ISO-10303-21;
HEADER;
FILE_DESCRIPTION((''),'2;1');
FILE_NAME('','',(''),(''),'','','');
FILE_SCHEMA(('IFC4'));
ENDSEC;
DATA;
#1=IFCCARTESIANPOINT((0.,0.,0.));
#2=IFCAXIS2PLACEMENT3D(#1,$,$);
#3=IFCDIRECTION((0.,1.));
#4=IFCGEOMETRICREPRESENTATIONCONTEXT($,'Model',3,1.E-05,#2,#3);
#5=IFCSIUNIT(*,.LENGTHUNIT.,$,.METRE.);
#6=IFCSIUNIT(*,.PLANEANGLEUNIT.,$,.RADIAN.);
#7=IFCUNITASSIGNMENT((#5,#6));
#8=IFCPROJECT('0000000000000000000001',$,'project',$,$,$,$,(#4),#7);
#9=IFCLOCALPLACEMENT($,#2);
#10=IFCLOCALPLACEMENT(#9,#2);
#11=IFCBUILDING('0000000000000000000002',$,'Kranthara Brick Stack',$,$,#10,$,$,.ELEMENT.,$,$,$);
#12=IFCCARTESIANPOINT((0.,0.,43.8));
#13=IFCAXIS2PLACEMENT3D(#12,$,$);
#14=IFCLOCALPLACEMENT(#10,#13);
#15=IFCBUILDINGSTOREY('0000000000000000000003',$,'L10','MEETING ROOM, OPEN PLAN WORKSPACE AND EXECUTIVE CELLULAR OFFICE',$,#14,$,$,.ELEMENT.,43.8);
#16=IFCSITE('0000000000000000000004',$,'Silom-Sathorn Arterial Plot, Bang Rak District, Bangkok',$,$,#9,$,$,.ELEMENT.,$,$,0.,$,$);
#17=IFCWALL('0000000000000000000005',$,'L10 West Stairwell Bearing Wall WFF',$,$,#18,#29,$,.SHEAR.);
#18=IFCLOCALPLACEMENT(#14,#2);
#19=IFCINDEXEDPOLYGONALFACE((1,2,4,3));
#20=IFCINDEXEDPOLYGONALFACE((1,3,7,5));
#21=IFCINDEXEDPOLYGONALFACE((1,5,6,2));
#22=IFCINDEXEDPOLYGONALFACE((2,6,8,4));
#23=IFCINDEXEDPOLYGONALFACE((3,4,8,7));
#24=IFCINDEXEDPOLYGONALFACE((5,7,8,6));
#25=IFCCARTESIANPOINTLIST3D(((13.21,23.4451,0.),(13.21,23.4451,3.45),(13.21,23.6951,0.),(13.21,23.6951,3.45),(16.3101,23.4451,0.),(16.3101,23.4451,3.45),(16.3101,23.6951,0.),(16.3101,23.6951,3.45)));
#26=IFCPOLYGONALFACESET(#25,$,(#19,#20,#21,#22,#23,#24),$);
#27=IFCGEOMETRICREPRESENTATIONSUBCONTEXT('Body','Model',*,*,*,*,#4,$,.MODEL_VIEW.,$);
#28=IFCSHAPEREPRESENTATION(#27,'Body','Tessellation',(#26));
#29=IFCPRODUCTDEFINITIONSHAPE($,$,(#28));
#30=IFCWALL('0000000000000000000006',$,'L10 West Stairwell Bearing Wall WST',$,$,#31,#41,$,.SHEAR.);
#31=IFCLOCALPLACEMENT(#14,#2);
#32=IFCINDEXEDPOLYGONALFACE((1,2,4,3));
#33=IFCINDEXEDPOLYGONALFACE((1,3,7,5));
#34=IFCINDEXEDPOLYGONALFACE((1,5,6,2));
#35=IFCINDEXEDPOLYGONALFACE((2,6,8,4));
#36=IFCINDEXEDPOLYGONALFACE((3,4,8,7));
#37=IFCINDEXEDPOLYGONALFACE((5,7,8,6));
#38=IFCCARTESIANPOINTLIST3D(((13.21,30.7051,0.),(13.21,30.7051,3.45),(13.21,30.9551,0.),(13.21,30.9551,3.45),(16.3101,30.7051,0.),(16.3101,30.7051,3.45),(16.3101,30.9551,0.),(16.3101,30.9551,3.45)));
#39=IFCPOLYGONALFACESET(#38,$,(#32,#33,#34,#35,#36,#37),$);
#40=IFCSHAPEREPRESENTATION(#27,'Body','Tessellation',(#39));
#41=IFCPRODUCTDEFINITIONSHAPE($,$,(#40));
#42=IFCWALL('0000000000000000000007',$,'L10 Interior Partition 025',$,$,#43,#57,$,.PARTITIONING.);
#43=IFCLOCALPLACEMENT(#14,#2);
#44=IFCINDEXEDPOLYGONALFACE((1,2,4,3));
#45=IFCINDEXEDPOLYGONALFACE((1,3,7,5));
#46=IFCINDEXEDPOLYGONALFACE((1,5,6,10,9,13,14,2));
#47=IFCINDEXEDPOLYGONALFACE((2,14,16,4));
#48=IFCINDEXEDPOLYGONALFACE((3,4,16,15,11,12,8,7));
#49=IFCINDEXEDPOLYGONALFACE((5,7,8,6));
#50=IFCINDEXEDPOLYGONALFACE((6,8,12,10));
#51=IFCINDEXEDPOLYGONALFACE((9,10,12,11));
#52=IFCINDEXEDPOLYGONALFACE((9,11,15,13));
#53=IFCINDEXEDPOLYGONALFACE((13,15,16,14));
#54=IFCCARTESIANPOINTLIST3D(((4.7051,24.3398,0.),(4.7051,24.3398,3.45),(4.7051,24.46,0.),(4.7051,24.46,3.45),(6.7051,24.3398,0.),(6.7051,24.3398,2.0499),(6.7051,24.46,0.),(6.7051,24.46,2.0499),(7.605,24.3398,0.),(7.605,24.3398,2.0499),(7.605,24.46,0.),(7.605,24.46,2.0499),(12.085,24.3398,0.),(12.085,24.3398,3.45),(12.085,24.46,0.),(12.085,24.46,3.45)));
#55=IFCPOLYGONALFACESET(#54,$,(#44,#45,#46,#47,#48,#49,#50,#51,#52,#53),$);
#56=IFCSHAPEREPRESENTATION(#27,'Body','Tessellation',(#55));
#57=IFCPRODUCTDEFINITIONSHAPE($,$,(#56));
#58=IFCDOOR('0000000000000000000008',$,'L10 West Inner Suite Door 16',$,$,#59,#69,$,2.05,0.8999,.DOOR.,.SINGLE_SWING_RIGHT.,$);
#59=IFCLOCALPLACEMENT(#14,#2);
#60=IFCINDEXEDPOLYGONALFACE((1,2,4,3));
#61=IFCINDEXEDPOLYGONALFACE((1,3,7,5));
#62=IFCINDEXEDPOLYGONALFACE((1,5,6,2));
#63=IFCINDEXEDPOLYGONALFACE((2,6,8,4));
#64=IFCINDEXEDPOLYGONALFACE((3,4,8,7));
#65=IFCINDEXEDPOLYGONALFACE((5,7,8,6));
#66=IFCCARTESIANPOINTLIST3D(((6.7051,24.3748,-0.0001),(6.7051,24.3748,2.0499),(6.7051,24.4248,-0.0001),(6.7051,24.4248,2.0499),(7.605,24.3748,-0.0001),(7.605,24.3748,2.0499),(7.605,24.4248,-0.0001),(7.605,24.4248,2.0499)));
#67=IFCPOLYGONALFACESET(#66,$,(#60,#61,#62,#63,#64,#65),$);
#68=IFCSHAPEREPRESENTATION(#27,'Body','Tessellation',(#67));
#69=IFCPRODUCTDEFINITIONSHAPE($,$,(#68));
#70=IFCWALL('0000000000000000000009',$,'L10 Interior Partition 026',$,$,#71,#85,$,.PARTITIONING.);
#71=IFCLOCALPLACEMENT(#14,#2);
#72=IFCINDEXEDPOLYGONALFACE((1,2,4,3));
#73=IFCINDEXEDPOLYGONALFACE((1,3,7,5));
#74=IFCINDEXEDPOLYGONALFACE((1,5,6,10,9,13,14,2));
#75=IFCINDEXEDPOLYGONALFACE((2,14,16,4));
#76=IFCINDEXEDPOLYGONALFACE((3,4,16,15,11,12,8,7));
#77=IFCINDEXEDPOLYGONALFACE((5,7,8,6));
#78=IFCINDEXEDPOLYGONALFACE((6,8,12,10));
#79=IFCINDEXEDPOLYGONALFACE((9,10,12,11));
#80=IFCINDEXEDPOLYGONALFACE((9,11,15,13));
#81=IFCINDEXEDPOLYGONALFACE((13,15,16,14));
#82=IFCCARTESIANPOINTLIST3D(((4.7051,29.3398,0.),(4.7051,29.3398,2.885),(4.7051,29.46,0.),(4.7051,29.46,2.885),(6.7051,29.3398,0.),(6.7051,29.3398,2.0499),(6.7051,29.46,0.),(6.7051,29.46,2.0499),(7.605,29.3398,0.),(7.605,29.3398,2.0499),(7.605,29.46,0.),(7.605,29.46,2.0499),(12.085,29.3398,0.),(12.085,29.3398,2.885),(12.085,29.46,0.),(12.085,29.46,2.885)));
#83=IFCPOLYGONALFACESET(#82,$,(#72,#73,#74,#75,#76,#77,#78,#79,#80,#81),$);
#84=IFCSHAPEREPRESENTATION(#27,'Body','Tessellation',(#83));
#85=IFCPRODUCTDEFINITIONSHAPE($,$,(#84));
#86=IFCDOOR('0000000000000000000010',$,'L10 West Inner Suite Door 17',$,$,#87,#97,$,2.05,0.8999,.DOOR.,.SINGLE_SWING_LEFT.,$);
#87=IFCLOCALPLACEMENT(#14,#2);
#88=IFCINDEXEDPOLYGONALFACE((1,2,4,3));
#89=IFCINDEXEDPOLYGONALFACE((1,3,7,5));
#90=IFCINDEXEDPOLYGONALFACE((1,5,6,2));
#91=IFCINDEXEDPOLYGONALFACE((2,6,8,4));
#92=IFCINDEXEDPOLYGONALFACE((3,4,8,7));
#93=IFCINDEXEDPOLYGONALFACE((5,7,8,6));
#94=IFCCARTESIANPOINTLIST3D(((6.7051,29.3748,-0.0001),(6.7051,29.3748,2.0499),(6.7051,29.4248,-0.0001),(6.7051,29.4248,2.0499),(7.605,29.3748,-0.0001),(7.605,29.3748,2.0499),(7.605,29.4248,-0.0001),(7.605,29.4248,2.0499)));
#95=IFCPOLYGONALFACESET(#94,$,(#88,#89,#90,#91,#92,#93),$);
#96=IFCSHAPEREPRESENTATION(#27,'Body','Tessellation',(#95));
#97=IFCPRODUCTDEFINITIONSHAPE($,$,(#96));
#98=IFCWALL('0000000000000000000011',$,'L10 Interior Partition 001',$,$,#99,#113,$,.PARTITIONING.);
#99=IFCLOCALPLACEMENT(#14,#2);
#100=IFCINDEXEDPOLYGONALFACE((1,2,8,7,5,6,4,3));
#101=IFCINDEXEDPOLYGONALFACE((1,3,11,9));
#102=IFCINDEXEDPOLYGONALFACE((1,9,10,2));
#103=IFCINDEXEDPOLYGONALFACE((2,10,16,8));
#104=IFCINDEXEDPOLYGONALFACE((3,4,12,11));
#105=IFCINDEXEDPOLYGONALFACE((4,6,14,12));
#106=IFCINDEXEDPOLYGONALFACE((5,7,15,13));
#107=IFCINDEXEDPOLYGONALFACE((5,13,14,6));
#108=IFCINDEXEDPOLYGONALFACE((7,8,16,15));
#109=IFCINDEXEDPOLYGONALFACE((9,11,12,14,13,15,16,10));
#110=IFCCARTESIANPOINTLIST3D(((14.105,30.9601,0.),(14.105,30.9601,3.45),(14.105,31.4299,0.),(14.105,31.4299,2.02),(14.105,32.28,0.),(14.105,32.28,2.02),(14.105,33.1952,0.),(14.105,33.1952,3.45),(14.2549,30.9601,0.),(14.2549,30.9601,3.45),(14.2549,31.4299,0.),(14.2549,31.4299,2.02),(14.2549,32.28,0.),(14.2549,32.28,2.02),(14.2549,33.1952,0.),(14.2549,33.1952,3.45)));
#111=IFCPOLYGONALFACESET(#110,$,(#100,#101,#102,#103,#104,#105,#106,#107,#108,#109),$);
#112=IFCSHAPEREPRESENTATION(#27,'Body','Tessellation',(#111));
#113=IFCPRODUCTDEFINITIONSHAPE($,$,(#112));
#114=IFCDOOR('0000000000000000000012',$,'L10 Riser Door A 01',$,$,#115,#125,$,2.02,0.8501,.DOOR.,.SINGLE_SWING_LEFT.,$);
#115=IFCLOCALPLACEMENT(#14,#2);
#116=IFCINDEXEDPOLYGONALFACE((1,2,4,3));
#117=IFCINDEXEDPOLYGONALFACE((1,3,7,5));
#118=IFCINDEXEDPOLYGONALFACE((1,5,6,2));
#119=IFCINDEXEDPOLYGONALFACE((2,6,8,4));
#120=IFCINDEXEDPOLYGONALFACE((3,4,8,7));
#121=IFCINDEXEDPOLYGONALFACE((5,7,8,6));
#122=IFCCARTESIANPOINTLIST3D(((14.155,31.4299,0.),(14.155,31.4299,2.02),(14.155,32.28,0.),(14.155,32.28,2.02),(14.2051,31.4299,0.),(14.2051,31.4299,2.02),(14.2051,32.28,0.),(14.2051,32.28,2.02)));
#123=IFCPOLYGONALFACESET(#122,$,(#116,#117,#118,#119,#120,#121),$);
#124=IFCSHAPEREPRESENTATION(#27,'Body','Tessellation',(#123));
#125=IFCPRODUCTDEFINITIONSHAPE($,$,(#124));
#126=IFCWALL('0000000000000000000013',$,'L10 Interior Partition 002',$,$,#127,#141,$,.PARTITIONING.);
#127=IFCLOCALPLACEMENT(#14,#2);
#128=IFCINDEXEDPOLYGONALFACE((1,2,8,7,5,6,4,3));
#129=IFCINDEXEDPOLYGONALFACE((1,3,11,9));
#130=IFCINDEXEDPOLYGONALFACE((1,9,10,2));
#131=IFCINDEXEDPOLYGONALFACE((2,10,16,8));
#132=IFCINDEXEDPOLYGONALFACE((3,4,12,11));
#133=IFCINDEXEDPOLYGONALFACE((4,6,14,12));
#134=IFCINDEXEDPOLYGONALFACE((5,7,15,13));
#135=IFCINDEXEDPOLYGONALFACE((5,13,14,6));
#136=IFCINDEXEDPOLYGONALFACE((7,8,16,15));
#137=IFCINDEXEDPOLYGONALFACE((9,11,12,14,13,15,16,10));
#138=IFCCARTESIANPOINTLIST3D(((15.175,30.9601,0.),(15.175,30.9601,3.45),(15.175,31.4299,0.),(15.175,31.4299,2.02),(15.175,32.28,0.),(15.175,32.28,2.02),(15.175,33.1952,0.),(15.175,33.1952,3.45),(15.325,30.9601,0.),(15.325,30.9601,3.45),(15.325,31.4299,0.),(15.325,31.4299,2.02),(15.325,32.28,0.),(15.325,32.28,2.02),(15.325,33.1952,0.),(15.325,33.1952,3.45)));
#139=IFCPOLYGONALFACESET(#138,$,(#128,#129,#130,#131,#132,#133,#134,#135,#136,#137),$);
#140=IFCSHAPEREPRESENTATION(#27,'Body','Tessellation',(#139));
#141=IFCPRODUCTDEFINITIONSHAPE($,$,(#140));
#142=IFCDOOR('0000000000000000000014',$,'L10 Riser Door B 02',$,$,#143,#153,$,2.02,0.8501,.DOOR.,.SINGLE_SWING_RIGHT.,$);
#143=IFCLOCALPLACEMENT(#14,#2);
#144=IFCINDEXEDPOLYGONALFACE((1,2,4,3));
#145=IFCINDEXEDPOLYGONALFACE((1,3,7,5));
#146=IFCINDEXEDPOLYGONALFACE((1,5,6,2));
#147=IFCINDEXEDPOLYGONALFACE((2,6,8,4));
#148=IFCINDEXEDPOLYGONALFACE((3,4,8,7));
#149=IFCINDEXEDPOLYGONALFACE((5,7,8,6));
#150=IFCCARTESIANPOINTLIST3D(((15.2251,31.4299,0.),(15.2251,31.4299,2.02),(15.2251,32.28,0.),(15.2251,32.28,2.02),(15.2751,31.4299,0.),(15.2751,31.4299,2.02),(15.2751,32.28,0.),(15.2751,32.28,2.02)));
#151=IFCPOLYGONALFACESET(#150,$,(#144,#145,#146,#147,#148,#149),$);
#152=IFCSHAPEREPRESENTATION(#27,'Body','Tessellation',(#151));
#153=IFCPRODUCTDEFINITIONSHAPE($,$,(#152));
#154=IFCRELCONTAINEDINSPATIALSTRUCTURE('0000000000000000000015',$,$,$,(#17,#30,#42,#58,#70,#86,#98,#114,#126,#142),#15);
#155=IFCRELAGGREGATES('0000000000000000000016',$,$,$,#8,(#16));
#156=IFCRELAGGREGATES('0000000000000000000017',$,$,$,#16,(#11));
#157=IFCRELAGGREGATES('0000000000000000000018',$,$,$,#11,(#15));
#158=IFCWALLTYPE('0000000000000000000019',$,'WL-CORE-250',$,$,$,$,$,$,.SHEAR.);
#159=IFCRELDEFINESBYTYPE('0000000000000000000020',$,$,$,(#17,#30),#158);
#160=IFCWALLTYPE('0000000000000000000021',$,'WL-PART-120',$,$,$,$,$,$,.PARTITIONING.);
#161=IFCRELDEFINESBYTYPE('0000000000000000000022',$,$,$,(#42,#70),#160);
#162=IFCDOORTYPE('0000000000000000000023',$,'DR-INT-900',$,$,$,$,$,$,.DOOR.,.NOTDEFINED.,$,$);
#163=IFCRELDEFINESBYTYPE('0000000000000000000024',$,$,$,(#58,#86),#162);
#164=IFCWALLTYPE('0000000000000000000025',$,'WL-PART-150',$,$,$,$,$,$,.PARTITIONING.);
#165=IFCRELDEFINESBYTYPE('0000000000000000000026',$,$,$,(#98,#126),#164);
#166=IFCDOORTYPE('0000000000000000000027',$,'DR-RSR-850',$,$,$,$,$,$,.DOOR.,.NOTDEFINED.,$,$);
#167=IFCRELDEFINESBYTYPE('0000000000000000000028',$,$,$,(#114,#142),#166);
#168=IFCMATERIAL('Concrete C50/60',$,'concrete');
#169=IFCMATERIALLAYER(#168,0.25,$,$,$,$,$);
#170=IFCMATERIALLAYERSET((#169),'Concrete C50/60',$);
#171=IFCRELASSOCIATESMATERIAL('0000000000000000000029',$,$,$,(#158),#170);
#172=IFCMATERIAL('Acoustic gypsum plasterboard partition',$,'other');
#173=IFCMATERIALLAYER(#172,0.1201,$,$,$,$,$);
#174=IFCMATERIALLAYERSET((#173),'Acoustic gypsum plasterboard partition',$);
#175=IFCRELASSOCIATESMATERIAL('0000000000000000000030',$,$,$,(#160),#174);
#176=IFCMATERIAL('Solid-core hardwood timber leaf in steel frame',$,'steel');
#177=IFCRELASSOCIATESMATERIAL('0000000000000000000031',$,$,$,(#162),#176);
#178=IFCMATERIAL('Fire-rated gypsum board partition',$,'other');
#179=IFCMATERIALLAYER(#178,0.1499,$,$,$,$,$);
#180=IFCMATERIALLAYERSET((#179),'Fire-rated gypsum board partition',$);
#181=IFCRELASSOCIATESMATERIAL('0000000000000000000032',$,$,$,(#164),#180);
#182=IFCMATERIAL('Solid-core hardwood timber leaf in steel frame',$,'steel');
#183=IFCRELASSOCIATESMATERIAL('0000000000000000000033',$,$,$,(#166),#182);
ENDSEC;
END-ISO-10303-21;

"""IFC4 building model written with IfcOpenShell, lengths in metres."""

from ifc_helpers import new_model, si_unit, direction, frame, frame_2d, origin, place, context, subcontext, project, spatial, rectangle, extrude, material, layer, layer_set, type_object, element, fill, save


model = new_model("IFC4")

# Units and contexts
model_context = context("Model", 3, precision=1e-05, world=origin(), true_north=direction((0.0, 1.0)))
body_context = subcontext(model_context, "Body", "Model", "MODEL_VIEW")
ifc_project = project(units=[si_unit("LENGTHUNIT", "METRE"), si_unit("PLANEANGLEUNIT", "RADIAN")], contexts=[model_context])

# Site, building, storey
site_placement = place(None, origin())
site = spatial("IfcSite", under=ifc_project, at=site_placement, Name="Silom-Sathorn Arterial Plot, Bang Rak District, Bangkok", CompositionType="ELEMENT", RefElevation=0.0)
building_placement = place(site_placement, origin())
building = spatial("IfcBuilding", under=site, at=building_placement, Name="Kranthara Brick Stack", CompositionType="ELEMENT")
storey_placement = place(building_placement, frame((0.0, 0.0, 43.8)))
storey = spatial("IfcBuildingStorey", under=building, at=storey_placement, Name="L10", Description="MEETING ROOM, OPEN PLAN WORKSPACE AND EXECUTIVE CELLULAR OFFICE", CompositionType="ELEMENT", Elevation=43.8)

# Walls
ifc_material_1 = material(Name="Concrete C50/60", Category="concrete")
ifc_layer_1 = layer(ifc_material_1, 0.25)
ifc_layer_set_1 = layer_set([ifc_layer_1], Name="Concrete C50/60")
wall_type_1 = type_object("IfcWallType", Name="WL-CORE-250", PredefinedType="SHEAR", material=ifc_layer_set_1)
for number, where, z_axis, x_axis, name in (
    (1, (13.21, 23.5701, 0.0), (0.0, 0.0, 1.0), (1.0, 0.0, 0.0), "L10 West Stairwell Bearing Wall WFF"),
    (2, (13.21, 30.8301, 0.0), (0.0, 0.0, 1.0), (1.0, 0.0, 0.0), "L10 West Stairwell Bearing Wall WST"),
):
    element("IfcWall", number, at=place(storey_placement, frame(where, z_axis=z_axis, x_axis=x_axis)), inside=storey, type_object=wall_type_1, Name=name, PredefinedType="SHEAR", context=body_context, shape_type="SweptSolid", body=[
        extrude(rectangle(XDim=3.1001, YDim=0.25, at=frame_2d((1.55, 0.0))), origin(), (0.0, 0.0, 1.0), 3.45),
    ])

# Walls, openings, doors
ifc_material_2 = material(Name="Acoustic gypsum plasterboard partition", Category="other")
ifc_layer_2 = layer(ifc_material_2, 0.1201)
ifc_layer_set_2 = layer_set([ifc_layer_2], Name="Acoustic gypsum plasterboard partition")
wall_type_2 = type_object("IfcWallType", Name="WL-PART-120", PredefinedType="PARTITIONING", material=ifc_layer_set_2)
wall_1_placement = place(storey_placement, frame((4.7051, 24.3999, 0.0), z_axis=(0.0, 0.0, 1.0), x_axis=(1.0, 0.0, 0.0)))
wall_1 = element("IfcWall", 3, at=wall_1_placement, inside=storey, type_object=wall_type_2, Name="L10 Interior Partition 025", PredefinedType="PARTITIONING", context=body_context, shape_type="SweptSolid", body=[
    extrude(rectangle(XDim=7.3799, YDim=0.1201, at=frame_2d((3.6899, 0.0))), origin(), (0.0, 0.0, 1.0), 3.45),
])
opening_1_placement = place(wall_1_placement, frame((2.0, 0.0, 0.0)))
opening_1 = element("IfcOpeningElement", 4, at=opening_1_placement, cuts=wall_1, PredefinedType="OPENING", context=body_context, shape_type="SweptSolid", body=[
    extrude(rectangle(XDim=0.8999, YDim=2.05, at=frame_2d((0.45, 1.0249))), frame((0.0, 0.0701, 0.0), z_axis=(0.0, -1.0, 0.0), x_axis=(1.0, 0.0, 0.0)), (0.0, 0.0, 1.0), 0.1401),
])
ifc_material_3 = material(Name="Solid-core hardwood timber leaf in steel frame", Category="steel")
door_type_1 = type_object("IfcDoorType", Name="DR-INT-900", OperationType="NOTDEFINED", PredefinedType="DOOR", material=ifc_material_3)
door_1_placement = place(opening_1_placement, origin())
door_1 = element("IfcDoor", 5, at=door_1_placement, inside=storey, type_object=door_type_1, Name="L10 West Inner Suite Door 16", OperationType="SINGLE_SWING_RIGHT", OverallHeight=2.05, OverallWidth=0.8999, PredefinedType="DOOR", context=body_context, shape_type="SweptSolid", body=[
    extrude(rectangle(XDim=0.8999, YDim=2.05, at=frame_2d((0.45, 1.0249))), frame((0.0, 0.0249, 0.0), z_axis=(0.0, -1.0, 0.0), x_axis=(1.0, 0.0, 0.0)), (0.0, 0.0, 1.0), 0.05),
])
fill(opening_1, door_1)
wall_2_placement = place(storey_placement, frame((4.7051, 29.3999, 0.0), z_axis=(0.0, 0.0, 1.0), x_axis=(1.0, 0.0, 0.0)))
wall_2 = element("IfcWall", 6, at=wall_2_placement, inside=storey, type_object=wall_type_2, Name="L10 Interior Partition 026", PredefinedType="PARTITIONING", context=body_context, shape_type="SweptSolid", body=[
    extrude(rectangle(XDim=7.3799, YDim=0.1201, at=frame_2d((3.6899, 0.0))), origin(), (0.0, 0.0, 1.0), 2.885),
])
opening_2_placement = place(wall_2_placement, frame((2.0, 0.0, 0.0)))
opening_2 = element("IfcOpeningElement", 7, at=opening_2_placement, cuts=wall_2, PredefinedType="OPENING", context=body_context, shape_type="SweptSolid", body=[
    extrude(rectangle(XDim=0.8999, YDim=2.05, at=frame_2d((0.45, 1.0249))), frame((0.0, 0.0701, 0.0), z_axis=(0.0, -1.0, 0.0), x_axis=(1.0, 0.0, 0.0)), (0.0, 0.0, 1.0), 0.1401),
])
door_2_placement = place(opening_2_placement, origin())
door_2 = element("IfcDoor", 8, at=door_2_placement, inside=storey, type_object=door_type_1, Name="L10 West Inner Suite Door 17", OperationType="SINGLE_SWING_LEFT", OverallHeight=2.05, OverallWidth=0.8999, PredefinedType="DOOR", context=body_context, shape_type="SweptSolid", body=[
    extrude(rectangle(XDim=0.8999, YDim=2.05, at=frame_2d((0.45, 1.0249))), frame((0.0, 0.0249, 0.0), z_axis=(0.0, -1.0, 0.0), x_axis=(1.0, 0.0, 0.0)), (0.0, 0.0, 1.0), 0.05),
])
fill(opening_2, door_2)
ifc_material_4 = material(Name="Fire-rated gypsum board partition", Category="other")
ifc_layer_3 = layer(ifc_material_4, 0.1499)
ifc_layer_set_3 = layer_set([ifc_layer_3], Name="Fire-rated gypsum board partition")
wall_type_3 = type_object("IfcWallType", Name="WL-PART-150", PredefinedType="PARTITIONING", material=ifc_layer_set_3)
wall_3_placement = place(storey_placement, frame((14.1799, 30.96, 0.0), z_axis=(0.0, 0.0, 1.0), x_axis=(0.0, 1.0, 0.0)))
wall_3 = element("IfcWall", 9, at=wall_3_placement, inside=storey, type_object=wall_type_3, Name="L10 Interior Partition 001", PredefinedType="PARTITIONING", context=body_context, shape_type="SweptSolid", body=[
    extrude(rectangle(XDim=2.2351, YDim=0.1499, at=frame_2d((1.1177, 0.0))), origin(), (0.0, 0.0, 1.0), 3.45),
])
opening_3_placement = place(wall_3_placement, frame((0.47, 0.0, 0.0)))
opening_3 = element("IfcOpeningElement", 10, at=opening_3_placement, cuts=wall_3, PredefinedType="OPENING", context=body_context, shape_type="SweptSolid", body=[
    extrude(rectangle(XDim=0.8501, YDim=2.02, at=frame_2d((0.425, 1.01))), frame((0.0, 0.085, 0.0), z_axis=(0.0, -1.0, 0.0), x_axis=(1.0, 0.0, 0.0)), (0.0, 0.0, 1.0), 0.1699),
])
ifc_material_5 = material(Name="Solid-core hardwood timber leaf in steel frame", Category="steel")
door_type_2 = type_object("IfcDoorType", Name="DR-RSR-850", OperationType="NOTDEFINED", PredefinedType="DOOR", material=ifc_material_5)
door_3_placement = place(opening_3_placement, origin())
door_3 = element("IfcDoor", 11, at=door_3_placement, inside=storey, type_object=door_type_2, Name="L10 Riser Door A 01", OperationType="SINGLE_SWING_LEFT", OverallHeight=2.02, OverallWidth=0.8501, PredefinedType="DOOR", context=body_context, shape_type="SweptSolid", body=[
    extrude(rectangle(XDim=0.8501, YDim=2.02, at=frame_2d((0.425, 1.01))), frame((0.0, 0.0249, 0.0), z_axis=(0.0, -1.0, 0.0), x_axis=(1.0, 0.0, 0.0)), (0.0, 0.0, 1.0), 0.05),
])
fill(opening_3, door_3)
wall_4_placement = place(storey_placement, frame((15.25, 30.96, 0.0), z_axis=(0.0, 0.0, 1.0), x_axis=(0.0, 1.0, 0.0)))
wall_4 = element("IfcWall", 12, at=wall_4_placement, inside=storey, type_object=wall_type_3, Name="L10 Interior Partition 002", PredefinedType="PARTITIONING", context=body_context, shape_type="SweptSolid", body=[
    extrude(rectangle(XDim=2.2351, YDim=0.1499, at=frame_2d((1.1177, 0.0))), origin(), (0.0, 0.0, 1.0), 3.45),
])
opening_4_placement = place(wall_4_placement, frame((0.47, 0.0, 0.0)))
opening_4 = element("IfcOpeningElement", 13, at=opening_4_placement, cuts=wall_4, PredefinedType="OPENING", context=body_context, shape_type="SweptSolid", body=[
    extrude(rectangle(XDim=0.8501, YDim=2.02, at=frame_2d((0.425, 1.01))), frame((0.0, 0.085, 0.0), z_axis=(0.0, -1.0, 0.0), x_axis=(1.0, 0.0, 0.0)), (0.0, 0.0, 1.0), 0.1699),
])
door_4_placement = place(opening_4_placement, origin())
door_4 = element("IfcDoor", 14, at=door_4_placement, inside=storey, type_object=door_type_2, Name="L10 Riser Door B 02", OperationType="SINGLE_SWING_RIGHT", OverallHeight=2.02, OverallWidth=0.8501, PredefinedType="DOOR", context=body_context, shape_type="SweptSolid", body=[
    extrude(rectangle(XDim=0.8501, YDim=2.02, at=frame_2d((0.425, 1.01))), frame((0.0, 0.0249, 0.0), z_axis=(0.0, -1.0, 0.0), x_axis=(1.0, 0.0, 0.0)), (0.0, 0.0, 1.0), 0.05),
])
fill(opening_4, door_4)

save(model, "model.ifc")
